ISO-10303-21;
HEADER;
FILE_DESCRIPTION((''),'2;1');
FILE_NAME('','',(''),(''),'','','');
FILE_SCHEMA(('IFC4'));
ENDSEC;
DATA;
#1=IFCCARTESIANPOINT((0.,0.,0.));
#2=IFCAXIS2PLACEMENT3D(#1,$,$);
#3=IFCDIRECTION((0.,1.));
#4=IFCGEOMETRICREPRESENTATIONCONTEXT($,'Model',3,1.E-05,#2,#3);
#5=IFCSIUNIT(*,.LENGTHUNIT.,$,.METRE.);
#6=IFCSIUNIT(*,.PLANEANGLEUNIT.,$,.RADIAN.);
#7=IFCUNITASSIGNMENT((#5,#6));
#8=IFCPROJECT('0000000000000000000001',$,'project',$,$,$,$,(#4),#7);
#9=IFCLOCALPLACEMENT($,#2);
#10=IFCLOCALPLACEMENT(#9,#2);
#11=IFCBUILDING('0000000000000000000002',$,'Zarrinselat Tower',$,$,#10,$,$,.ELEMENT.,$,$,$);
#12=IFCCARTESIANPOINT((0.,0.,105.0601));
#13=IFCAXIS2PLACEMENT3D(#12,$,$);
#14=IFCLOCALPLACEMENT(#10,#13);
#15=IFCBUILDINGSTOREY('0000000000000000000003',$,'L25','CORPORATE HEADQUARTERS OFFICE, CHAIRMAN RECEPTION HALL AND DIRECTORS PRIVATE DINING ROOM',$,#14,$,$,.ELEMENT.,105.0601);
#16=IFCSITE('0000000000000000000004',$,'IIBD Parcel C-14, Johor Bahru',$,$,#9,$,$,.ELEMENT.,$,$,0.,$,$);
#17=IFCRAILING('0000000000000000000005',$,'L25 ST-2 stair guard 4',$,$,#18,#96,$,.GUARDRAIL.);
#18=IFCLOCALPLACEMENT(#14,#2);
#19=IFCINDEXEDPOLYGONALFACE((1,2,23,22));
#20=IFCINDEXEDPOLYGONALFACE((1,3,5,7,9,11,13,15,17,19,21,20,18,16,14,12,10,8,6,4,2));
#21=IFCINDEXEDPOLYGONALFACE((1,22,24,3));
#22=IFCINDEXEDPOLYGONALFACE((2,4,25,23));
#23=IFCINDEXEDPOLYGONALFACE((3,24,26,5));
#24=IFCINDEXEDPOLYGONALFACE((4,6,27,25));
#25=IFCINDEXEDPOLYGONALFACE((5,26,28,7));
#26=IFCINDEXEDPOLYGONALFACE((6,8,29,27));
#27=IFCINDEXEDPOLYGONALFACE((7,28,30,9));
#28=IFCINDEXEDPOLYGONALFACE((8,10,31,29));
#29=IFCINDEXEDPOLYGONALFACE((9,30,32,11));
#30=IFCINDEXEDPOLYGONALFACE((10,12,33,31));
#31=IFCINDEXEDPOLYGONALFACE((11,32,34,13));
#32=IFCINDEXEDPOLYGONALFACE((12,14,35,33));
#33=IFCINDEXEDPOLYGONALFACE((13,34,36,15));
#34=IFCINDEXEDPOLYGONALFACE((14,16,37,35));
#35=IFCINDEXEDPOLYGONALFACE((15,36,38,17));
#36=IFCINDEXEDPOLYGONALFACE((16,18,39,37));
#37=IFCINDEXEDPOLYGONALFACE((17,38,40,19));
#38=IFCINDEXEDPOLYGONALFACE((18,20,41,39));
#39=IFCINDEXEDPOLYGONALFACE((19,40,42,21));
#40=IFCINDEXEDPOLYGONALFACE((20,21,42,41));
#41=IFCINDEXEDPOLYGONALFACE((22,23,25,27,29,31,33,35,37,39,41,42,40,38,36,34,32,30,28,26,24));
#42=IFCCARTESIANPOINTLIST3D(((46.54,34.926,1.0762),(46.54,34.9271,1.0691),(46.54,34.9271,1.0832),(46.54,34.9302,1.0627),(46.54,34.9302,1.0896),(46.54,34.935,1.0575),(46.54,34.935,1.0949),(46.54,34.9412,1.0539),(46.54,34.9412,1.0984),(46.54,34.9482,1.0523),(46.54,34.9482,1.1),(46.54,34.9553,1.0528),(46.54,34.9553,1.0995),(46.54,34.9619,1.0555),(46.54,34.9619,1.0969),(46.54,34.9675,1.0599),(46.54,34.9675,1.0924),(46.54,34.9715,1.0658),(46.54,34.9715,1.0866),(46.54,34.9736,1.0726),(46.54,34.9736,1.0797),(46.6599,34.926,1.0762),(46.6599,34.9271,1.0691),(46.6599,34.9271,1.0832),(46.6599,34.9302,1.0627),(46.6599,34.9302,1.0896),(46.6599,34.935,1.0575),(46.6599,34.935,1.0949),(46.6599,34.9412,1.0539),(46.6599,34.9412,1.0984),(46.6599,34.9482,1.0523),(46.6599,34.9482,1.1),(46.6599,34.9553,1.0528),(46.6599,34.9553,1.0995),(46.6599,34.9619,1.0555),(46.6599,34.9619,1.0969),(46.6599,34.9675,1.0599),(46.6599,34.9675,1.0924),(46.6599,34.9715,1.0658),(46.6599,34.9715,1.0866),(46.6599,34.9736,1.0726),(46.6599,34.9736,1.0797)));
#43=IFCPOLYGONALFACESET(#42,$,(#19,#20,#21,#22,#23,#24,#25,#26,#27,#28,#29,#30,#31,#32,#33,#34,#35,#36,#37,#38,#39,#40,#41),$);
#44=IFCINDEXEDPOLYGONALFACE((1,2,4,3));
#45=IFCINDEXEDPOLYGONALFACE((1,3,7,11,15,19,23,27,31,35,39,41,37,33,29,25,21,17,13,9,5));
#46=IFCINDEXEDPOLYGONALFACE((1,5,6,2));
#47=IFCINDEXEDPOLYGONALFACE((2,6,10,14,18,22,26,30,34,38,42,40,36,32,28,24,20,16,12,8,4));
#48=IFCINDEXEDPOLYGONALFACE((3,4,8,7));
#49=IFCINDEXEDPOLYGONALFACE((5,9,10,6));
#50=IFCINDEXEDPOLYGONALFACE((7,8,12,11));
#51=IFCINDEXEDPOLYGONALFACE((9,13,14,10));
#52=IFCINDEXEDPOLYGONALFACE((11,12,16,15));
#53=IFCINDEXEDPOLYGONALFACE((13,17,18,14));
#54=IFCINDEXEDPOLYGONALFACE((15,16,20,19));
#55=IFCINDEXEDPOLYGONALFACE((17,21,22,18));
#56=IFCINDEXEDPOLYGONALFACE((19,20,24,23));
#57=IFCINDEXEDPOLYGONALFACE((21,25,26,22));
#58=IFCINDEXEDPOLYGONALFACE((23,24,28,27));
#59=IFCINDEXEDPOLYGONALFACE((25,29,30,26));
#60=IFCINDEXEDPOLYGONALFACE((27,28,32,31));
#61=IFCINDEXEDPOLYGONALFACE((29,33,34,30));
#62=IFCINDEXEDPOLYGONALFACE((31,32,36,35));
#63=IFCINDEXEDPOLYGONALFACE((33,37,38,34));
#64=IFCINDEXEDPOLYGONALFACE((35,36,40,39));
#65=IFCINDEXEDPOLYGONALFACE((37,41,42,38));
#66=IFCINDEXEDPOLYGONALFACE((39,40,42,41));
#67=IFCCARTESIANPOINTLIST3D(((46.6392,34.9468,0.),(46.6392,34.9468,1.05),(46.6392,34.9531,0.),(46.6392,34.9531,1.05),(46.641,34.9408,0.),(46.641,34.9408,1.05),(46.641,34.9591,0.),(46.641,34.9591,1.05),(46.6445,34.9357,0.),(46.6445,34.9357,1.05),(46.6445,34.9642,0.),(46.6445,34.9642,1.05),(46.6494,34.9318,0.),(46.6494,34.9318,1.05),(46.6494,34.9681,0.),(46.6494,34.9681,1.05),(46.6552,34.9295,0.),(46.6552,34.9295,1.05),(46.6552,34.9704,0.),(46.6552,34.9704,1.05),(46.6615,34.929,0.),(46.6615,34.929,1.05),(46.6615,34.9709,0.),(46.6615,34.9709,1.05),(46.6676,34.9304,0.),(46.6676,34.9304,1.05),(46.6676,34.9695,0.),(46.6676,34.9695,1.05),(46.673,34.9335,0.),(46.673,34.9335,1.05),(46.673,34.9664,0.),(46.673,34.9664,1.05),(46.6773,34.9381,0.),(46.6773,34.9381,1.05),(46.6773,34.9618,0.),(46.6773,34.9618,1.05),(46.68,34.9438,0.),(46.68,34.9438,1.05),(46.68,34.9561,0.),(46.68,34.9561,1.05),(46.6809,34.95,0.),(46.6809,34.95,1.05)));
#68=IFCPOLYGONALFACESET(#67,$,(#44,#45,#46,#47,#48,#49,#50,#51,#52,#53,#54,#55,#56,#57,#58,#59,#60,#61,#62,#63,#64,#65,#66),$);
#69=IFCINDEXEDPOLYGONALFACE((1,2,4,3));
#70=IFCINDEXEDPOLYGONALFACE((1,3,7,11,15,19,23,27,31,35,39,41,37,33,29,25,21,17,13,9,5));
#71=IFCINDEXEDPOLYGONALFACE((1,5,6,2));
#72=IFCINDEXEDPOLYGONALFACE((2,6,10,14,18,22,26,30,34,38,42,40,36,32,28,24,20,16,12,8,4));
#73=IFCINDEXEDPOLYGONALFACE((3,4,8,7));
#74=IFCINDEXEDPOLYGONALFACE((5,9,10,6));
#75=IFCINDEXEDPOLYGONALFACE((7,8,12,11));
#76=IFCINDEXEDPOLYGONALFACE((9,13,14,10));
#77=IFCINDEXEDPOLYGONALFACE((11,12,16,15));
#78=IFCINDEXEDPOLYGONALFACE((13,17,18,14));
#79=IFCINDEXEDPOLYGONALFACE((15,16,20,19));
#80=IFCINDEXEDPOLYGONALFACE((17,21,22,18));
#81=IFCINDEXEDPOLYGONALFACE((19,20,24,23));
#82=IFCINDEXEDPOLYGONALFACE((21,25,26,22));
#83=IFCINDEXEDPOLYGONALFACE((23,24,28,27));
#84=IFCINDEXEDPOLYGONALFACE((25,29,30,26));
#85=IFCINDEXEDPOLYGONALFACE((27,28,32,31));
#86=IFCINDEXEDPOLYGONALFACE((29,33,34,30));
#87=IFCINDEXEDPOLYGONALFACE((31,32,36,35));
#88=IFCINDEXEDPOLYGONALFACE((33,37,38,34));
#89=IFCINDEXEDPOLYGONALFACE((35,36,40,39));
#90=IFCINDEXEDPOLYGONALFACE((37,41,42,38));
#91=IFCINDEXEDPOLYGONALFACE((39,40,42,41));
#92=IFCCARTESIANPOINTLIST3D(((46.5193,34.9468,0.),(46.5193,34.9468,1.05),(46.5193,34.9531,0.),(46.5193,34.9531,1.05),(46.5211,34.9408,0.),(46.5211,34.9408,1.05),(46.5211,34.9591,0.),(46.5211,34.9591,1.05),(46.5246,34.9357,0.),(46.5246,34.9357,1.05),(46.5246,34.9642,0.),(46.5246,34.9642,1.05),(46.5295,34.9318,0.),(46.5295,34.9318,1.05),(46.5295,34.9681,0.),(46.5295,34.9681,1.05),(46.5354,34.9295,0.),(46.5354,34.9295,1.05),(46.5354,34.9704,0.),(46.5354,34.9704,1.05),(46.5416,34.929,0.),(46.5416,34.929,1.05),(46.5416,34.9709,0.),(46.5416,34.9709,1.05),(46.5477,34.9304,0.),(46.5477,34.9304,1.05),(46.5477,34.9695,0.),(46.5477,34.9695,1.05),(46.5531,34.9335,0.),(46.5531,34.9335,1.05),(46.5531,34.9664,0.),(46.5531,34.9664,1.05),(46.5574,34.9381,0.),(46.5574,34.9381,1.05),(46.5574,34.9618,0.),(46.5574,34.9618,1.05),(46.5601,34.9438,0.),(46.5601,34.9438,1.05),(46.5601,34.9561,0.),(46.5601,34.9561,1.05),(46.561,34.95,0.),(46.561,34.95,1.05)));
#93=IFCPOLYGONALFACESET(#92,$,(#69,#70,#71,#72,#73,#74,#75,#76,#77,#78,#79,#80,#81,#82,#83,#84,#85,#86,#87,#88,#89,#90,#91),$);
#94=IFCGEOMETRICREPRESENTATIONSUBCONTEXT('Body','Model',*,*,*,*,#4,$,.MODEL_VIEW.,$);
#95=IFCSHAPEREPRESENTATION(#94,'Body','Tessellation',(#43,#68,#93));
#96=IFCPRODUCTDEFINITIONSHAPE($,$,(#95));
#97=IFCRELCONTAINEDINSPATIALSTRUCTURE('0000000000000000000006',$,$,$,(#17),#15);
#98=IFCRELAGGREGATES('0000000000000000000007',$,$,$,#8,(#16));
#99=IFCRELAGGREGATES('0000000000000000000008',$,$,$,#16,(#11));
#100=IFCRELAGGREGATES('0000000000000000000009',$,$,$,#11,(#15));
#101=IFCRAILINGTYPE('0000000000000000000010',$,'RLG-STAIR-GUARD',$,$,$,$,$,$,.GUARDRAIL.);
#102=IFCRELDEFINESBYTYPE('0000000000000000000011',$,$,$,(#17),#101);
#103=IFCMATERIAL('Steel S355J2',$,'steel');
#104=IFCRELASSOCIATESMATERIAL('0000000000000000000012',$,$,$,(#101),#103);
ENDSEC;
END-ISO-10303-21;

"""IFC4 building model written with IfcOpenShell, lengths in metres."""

from ifc_helpers import new_model, si_unit, direction, frame, origin, origin_2d, place, context, subcontext, project, spatial, circle, extrude, material, type_object, element, save


model = new_model("IFC4")

# Units and contexts
model_context = context("Model", 3, precision=1e-05, world=origin(), true_north=direction((0.0, 1.0)))
body_context = subcontext(model_context, "Body", "Model", "MODEL_VIEW")
ifc_project = project(units=[si_unit("LENGTHUNIT", "METRE"), si_unit("PLANEANGLEUNIT", "RADIAN")], contexts=[model_context])

# Site, building, storey
site_placement = place(None, origin())
site = spatial("IfcSite", under=ifc_project, at=site_placement, Name="IIBD Parcel C-14, Johor Bahru", CompositionType="ELEMENT", RefElevation=0.0)
building_placement = place(site_placement, origin())
building = spatial("IfcBuilding", under=site, at=building_placement, Name="Zarrinselat Tower", CompositionType="ELEMENT")
storey_placement = place(building_placement, frame((0.0, 0.0, 105.0601)))
storey = spatial("IfcBuildingStorey", under=building, at=storey_placement, Name="L25", Description="CORPORATE HEADQUARTERS OFFICE, CHAIRMAN RECEPTION HALL AND DIRECTORS PRIVATE DINING ROOM", CompositionType="ELEMENT", Elevation=105.0601)

# Railing
ifc_material_1 = material(Name="Steel S355J2", Category="steel")
railing_type_1 = type_object("IfcRailingType", Name="RLG-STAIR-GUARD", PredefinedType="GUARDRAIL", material=ifc_material_1)
railing_1_placement = place(storey_placement, frame((46.6599, 34.95, 0.0)))
element("IfcRailing", 1, at=railing_1_placement, inside=storey, type_object=railing_type_1, Name="L25 ST-2 stair guard 4", PredefinedType="GUARDRAIL", context=body_context, shape_type="SweptSolid", body=[
    extrude(circle(Radius=0.0239, at=origin_2d()), frame((0.0, 0.0, 1.0762), z_axis=(-1.0, 0.0, 0.0), x_axis=(0.0, -1.0, 0.0)), (0.0, 0.0, 1.0), 0.1199),
    extrude(circle(Radius=0.021, at=origin_2d()), origin(), (0.0, 0.0, 1.0), 1.05),
    extrude(circle(Radius=0.021, at=origin_2d()), frame((-0.1199, 0.0, 0.0)), (0.0, 0.0, 1.0), 1.05),
])

save(model, "model.ifc")
